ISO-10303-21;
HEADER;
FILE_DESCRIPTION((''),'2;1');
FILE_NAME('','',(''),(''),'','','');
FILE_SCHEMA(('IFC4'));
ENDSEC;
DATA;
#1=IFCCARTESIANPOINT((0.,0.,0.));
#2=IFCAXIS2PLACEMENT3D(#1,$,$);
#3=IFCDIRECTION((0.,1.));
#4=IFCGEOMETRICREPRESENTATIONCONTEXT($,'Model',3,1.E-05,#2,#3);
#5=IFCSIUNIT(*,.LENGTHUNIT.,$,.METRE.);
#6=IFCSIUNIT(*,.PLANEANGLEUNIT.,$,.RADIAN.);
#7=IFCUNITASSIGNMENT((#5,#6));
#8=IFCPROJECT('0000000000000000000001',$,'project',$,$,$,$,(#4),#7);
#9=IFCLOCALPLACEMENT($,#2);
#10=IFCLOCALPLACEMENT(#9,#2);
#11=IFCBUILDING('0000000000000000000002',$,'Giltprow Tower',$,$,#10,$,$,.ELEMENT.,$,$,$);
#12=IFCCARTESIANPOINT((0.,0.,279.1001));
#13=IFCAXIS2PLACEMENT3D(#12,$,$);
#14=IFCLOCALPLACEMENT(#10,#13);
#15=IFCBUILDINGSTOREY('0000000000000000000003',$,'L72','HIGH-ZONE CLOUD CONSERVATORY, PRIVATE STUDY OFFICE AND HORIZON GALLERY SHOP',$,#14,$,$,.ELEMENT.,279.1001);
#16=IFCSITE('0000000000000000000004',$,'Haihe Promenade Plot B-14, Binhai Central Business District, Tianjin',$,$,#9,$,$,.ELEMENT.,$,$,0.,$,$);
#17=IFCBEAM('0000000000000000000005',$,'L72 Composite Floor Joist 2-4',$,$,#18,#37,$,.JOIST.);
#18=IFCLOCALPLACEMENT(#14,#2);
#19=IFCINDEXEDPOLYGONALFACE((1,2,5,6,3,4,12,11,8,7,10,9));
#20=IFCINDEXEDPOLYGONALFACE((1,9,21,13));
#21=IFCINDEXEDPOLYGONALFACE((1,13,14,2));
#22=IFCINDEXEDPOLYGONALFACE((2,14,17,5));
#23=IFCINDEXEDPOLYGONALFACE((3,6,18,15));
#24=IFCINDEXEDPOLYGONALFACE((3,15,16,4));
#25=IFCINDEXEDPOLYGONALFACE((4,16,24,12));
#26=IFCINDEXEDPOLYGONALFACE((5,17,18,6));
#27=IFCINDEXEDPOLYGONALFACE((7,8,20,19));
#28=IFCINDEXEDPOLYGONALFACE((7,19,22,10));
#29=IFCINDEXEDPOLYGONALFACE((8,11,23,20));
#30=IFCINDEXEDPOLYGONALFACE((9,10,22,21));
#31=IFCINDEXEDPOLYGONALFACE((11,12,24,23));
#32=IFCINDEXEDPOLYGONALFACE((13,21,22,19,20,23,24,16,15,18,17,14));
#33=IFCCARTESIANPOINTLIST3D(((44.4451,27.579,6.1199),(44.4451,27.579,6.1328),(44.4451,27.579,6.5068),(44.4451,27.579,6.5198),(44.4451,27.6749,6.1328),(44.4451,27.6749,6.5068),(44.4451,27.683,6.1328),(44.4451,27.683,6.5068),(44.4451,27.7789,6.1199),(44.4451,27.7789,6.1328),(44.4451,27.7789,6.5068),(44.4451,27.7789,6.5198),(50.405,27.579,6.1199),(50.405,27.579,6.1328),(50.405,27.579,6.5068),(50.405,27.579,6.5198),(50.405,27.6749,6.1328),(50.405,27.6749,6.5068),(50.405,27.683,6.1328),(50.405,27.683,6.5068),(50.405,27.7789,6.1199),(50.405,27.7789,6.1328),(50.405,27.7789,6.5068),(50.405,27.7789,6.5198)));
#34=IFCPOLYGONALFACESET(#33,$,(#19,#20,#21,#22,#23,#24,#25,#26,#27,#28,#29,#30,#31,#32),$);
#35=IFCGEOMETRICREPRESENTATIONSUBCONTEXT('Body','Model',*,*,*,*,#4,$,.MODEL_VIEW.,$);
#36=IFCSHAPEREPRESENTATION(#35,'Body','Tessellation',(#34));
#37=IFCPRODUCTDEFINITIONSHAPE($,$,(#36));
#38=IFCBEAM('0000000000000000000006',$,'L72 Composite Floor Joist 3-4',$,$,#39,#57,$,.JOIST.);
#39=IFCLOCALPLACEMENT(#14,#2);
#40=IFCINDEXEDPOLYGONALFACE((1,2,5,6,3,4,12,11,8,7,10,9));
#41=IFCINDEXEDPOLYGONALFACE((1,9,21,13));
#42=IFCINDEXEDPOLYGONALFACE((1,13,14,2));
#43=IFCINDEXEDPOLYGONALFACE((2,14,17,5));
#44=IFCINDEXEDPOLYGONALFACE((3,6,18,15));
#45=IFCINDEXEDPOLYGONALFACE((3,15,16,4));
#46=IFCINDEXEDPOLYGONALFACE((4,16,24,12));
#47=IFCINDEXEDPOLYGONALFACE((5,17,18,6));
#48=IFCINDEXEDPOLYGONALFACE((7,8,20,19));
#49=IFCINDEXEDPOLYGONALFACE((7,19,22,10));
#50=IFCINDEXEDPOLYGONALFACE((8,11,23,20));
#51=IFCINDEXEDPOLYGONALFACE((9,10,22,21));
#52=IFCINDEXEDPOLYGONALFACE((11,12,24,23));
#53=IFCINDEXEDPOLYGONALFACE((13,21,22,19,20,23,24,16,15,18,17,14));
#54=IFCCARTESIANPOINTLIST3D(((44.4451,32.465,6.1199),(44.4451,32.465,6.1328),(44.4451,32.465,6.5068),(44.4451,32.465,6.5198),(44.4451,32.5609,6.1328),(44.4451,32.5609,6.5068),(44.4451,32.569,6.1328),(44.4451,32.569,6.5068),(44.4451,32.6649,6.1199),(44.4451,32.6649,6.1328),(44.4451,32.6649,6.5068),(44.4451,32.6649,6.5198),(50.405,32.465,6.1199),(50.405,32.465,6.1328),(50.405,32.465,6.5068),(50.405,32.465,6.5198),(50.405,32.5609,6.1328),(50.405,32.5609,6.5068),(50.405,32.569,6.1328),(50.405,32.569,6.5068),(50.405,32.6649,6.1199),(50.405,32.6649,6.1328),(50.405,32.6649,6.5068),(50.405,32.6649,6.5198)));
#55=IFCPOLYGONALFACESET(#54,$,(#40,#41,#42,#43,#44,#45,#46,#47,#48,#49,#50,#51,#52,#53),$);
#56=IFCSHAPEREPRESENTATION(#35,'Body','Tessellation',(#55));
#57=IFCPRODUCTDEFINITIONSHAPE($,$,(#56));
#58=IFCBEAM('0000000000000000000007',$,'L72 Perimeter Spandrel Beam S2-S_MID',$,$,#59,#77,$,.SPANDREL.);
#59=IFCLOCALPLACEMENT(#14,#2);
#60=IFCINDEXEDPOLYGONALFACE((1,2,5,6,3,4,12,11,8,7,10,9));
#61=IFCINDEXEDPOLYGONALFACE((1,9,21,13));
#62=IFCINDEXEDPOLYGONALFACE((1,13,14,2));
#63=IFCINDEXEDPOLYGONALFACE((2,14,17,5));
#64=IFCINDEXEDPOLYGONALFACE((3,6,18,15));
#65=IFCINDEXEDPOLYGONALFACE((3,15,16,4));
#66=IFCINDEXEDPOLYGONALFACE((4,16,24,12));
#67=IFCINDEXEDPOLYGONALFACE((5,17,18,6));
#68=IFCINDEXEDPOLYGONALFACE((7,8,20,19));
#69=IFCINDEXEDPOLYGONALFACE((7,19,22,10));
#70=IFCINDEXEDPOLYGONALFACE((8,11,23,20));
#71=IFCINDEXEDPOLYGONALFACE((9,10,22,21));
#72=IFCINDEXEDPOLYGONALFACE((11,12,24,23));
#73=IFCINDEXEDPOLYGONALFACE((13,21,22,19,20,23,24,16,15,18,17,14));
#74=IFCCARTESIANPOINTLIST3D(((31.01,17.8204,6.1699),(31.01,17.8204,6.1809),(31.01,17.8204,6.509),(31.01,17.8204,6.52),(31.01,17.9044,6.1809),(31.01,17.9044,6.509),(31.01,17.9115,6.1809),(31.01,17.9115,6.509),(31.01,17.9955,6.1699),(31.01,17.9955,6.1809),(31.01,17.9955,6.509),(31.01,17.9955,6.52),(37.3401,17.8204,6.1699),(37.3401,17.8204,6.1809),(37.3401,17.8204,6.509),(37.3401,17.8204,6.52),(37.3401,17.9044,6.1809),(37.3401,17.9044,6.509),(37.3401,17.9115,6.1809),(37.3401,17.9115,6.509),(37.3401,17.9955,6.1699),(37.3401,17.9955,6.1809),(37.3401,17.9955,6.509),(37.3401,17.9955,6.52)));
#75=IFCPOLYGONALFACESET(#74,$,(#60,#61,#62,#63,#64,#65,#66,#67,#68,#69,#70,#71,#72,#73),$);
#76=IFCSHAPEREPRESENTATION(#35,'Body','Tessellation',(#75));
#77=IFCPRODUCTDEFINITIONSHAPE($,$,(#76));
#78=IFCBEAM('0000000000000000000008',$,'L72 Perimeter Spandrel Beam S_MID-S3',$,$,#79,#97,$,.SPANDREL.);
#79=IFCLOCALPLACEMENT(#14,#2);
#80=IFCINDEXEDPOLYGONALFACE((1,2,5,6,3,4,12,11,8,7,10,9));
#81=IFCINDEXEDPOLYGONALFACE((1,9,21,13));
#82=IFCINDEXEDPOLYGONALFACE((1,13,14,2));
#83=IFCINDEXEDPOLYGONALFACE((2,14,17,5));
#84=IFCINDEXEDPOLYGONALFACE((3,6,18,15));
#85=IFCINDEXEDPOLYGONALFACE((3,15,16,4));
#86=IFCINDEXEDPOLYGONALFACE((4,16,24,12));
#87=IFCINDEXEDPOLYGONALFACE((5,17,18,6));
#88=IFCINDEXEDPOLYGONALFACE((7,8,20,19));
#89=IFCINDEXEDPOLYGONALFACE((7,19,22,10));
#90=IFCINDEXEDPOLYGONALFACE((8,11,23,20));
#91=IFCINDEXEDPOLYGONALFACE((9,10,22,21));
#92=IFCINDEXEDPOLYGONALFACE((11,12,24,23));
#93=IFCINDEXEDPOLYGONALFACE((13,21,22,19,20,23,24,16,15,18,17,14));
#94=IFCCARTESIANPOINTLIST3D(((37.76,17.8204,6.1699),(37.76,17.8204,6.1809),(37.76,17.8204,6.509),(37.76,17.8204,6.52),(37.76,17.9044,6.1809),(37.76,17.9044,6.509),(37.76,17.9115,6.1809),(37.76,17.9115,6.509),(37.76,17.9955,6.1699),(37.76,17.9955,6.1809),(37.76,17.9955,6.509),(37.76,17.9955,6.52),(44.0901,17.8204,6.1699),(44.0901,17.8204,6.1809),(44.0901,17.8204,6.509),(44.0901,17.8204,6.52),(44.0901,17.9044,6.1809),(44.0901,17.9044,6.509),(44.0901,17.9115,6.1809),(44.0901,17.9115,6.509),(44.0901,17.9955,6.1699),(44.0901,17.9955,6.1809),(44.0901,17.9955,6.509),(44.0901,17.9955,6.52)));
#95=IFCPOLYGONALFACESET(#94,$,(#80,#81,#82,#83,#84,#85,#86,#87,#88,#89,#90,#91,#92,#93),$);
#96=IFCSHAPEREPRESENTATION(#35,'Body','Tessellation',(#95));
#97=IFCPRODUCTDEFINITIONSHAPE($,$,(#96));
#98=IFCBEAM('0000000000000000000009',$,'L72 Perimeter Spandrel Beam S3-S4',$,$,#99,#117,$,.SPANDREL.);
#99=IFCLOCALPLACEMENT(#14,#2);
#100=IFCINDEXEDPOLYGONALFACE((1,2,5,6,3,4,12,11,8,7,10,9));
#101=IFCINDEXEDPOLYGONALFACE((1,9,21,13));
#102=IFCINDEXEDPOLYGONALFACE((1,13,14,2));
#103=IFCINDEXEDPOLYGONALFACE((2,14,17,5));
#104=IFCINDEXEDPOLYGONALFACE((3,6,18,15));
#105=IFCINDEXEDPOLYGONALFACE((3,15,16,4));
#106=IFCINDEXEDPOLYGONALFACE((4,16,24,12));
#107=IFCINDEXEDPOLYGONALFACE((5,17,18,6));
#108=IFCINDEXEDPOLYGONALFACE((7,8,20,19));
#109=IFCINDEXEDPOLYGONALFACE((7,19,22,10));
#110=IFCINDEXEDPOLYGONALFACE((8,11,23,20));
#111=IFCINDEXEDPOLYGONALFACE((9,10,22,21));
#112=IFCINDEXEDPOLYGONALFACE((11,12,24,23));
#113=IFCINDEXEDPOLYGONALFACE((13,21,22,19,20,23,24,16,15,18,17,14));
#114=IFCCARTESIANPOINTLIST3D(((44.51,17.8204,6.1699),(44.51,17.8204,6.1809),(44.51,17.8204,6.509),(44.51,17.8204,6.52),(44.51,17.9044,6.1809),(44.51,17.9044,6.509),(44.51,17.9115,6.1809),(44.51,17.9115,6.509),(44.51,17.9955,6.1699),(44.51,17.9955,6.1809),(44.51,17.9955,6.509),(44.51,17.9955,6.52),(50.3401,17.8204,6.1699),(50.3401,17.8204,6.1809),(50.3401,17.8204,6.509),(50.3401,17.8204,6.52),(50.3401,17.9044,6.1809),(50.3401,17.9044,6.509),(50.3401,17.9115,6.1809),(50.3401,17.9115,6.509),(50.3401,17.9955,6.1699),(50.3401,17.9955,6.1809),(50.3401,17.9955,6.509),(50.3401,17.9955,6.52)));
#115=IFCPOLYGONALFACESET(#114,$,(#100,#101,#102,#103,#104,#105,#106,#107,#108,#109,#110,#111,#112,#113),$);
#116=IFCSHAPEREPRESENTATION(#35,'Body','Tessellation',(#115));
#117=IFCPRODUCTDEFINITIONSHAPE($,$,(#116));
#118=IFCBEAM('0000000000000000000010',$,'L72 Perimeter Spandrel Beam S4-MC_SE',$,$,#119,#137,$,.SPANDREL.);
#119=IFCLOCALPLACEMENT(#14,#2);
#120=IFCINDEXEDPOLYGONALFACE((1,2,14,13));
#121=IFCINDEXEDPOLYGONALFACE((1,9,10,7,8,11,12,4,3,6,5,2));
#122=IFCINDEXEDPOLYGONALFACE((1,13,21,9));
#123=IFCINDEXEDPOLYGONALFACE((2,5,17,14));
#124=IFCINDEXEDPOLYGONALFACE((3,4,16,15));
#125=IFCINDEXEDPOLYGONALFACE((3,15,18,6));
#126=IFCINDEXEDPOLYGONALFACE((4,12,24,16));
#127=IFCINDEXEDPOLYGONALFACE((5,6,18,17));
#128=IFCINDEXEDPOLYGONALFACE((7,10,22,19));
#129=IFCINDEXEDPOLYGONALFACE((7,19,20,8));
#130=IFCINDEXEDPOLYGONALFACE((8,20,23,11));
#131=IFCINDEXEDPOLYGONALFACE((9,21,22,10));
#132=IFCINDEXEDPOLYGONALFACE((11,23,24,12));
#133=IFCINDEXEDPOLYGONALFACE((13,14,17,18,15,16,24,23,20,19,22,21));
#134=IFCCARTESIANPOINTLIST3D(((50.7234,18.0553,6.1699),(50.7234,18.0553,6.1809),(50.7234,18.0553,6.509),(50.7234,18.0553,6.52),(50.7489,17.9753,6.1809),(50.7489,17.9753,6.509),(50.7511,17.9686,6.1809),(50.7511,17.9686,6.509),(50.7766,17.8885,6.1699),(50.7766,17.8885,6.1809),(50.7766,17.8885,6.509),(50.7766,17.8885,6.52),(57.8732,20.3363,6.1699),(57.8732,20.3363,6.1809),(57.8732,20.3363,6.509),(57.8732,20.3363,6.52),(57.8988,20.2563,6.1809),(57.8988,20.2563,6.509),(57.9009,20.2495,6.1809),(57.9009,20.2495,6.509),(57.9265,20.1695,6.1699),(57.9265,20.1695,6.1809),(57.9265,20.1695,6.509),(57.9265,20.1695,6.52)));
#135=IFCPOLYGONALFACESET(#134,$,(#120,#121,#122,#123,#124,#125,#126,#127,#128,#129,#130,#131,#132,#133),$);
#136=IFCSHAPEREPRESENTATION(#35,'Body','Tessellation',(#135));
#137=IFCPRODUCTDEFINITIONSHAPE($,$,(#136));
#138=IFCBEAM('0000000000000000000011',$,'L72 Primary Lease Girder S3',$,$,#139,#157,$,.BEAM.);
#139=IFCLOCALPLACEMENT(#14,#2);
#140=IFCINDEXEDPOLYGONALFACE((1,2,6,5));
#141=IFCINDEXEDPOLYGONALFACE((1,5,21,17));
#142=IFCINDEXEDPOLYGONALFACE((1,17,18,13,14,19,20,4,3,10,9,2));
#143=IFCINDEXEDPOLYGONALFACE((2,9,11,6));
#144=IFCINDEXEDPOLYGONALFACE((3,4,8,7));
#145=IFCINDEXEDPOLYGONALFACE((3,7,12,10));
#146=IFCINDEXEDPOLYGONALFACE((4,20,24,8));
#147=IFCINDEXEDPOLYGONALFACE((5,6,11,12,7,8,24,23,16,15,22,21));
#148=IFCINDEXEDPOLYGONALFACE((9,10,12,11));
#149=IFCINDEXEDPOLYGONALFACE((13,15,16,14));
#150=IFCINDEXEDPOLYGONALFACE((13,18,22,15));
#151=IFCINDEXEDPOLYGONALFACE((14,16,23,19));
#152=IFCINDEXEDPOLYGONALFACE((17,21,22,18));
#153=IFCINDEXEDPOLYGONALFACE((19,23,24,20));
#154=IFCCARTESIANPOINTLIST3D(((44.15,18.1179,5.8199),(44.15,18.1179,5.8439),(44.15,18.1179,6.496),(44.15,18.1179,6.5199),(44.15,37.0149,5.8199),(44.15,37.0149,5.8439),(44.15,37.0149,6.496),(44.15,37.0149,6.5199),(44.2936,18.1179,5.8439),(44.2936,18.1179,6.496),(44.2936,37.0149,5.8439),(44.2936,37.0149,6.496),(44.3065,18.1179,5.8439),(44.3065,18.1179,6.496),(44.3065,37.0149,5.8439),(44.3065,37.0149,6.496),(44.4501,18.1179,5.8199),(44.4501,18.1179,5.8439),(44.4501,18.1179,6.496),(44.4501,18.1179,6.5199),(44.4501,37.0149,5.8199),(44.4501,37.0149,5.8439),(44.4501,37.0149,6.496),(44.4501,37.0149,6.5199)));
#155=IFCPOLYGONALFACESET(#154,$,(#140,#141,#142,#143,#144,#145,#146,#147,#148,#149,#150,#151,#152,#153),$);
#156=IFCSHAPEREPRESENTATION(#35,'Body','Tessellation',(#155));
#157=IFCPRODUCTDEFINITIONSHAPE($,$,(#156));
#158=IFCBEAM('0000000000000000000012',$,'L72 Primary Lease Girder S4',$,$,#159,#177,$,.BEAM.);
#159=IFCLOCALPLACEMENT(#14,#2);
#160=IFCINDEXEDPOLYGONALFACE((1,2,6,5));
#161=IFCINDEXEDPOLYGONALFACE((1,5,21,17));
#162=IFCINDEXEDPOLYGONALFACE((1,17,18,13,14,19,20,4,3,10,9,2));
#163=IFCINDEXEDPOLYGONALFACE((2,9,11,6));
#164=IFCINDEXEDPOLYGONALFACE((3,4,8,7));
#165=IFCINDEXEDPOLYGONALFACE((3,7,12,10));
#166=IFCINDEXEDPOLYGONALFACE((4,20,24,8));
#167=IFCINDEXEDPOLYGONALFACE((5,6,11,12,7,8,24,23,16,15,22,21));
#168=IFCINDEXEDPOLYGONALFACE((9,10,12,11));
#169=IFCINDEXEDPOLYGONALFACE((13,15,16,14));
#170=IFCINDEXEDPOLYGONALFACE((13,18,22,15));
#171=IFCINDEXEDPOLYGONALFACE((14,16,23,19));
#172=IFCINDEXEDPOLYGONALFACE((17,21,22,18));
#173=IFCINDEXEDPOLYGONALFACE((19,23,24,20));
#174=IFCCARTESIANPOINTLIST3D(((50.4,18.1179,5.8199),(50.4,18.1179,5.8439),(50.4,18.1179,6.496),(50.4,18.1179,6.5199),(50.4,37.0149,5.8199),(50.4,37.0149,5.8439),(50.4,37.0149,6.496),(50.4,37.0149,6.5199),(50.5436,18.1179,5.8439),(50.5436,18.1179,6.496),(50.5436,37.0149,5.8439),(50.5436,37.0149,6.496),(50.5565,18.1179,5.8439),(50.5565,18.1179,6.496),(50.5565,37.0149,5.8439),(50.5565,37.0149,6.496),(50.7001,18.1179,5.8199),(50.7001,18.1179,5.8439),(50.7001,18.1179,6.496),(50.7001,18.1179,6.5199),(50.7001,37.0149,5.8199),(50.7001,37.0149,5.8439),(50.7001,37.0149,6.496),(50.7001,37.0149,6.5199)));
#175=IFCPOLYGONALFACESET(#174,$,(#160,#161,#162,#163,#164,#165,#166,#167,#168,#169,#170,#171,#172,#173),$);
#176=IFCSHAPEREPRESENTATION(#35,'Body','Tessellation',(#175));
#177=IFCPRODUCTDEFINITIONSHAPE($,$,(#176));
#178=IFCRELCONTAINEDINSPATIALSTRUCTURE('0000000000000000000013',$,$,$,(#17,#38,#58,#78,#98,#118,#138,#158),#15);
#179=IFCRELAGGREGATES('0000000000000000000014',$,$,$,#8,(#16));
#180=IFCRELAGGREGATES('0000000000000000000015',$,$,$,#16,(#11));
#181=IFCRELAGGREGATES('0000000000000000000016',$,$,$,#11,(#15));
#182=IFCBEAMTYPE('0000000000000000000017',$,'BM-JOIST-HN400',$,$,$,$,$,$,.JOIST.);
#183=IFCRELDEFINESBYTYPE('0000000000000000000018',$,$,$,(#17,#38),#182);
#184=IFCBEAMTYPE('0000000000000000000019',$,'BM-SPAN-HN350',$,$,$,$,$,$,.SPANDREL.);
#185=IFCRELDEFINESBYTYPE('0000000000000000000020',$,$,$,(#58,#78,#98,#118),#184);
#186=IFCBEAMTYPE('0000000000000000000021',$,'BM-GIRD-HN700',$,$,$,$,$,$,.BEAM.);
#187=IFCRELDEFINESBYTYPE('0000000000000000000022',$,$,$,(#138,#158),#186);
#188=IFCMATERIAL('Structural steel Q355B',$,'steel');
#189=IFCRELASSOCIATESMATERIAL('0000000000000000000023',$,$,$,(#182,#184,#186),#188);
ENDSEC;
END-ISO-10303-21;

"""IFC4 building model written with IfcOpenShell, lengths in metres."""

from ifc_helpers import new_model, si_unit, direction, frame, origin, origin_2d, place, context, subcontext, project, spatial, i_section, extrude, source, transform, mapped, material, material_profile, profile_set, type_object, element, save


model = new_model("IFC4")

# Units and contexts
model_context = context("Model", 3, precision=1e-05, world=origin(), true_north=direction((0.0, 1.0)))
body_context = subcontext(model_context, "Body", "Model", "MODEL_VIEW")
ifc_project = project(units=[si_unit("LENGTHUNIT", "METRE"), si_unit("PLANEANGLEUNIT", "RADIAN")], contexts=[model_context])

# Site, building, storey
site_placement = place(None, origin())
site = spatial("IfcSite", under=ifc_project, at=site_placement, Name="Haihe Promenade Plot B-14, Binhai Central Business District, Tianjin", CompositionType="ELEMENT", RefElevation=0.0)
building_placement = place(site_placement, origin())
building = spatial("IfcBuilding", under=site, at=building_placement, Name="Giltprow Tower", CompositionType="ELEMENT")
storey_placement = place(building_placement, frame((0.0, 0.0, 279.1001)))
storey = spatial("IfcBuildingStorey", under=building, at=storey_placement, Name="L72", Description="HIGH-ZONE CLOUD CONSERVATORY, PRIVATE STUDY OFFICE AND HORIZON GALLERY SHOP", CompositionType="ELEMENT", Elevation=279.1001)

# Shared definitions
ifc_material_1 = material(Name="Structural steel Q355B", Category="steel")

# Beams
ifc_material_profile_1 = material_profile(ifc_material_1, i_section(OverallWidth=0.2, OverallDepth=0.3999, WebThickness=0.0081, FlangeThickness=0.0129, at=origin_2d()), Name="HN 400x200x8x13")
ifc_profile_set_1 = profile_set([ifc_material_profile_1], Name="Structural steel Q355B")
beam_type_1 = type_object("IfcBeamType", Name="BM-JOIST-HN400", PredefinedType="JOIST", material=ifc_profile_set_1)
shared_shape_1 = source(origin(), body_context, "Body", "SweptSolid", [
    extrude(i_section(OverallWidth=0.2, OverallDepth=0.3999, WebThickness=0.0081, FlangeThickness=0.0129, at=origin_2d()), origin(), (0.0, 0.0, 1.0), 5.96),
])
for number, where, z_axis, x_axis, name in (
    (1, (44.4451, 27.679, 6.3198), (1.0, 0.0, 0.0), (0.0, 1.0, 0.0), "L72 Composite Floor Joist 2-4"),
    (2, (44.4451, 32.5649, 6.3198), (1.0, 0.0, 0.0), (0.0, 1.0, 0.0), "L72 Composite Floor Joist 3-4"),
):
    element("IfcBeam", number, at=place(storey_placement, frame(where, z_axis=z_axis, x_axis=x_axis)), inside=storey, type_object=beam_type_1, Name=name, PredefinedType="JOIST", context=body_context, shape_type="MappedRepresentation", body=[
        mapped(shared_shape_1, transform((0.0, 0.0, 0.0), x_axis=(1.0, 0.0, 0.0), y_axis=(0.0, 1.0, 0.0), z_axis=(0.0, 0.0, 1.0), scale=1.0)),
    ])
ifc_material_profile_2 = material_profile(ifc_material_1, i_section(OverallWidth=0.175, OverallDepth=0.3501, WebThickness=0.0071, FlangeThickness=0.011, at=origin_2d()), Name="HN 350x175x7x11")
ifc_profile_set_2 = profile_set([ifc_material_profile_2], Name="Structural steel Q355B")
beam_type_2 = type_object("IfcBeamType", Name="BM-SPAN-HN350", PredefinedType="SPANDREL", material=ifc_profile_set_2)
shared_shape_2 = source(origin(), body_context, "Body", "SweptSolid", [
    extrude(i_section(OverallWidth=0.175, OverallDepth=0.3501, WebThickness=0.0071, FlangeThickness=0.011, at=origin_2d()), origin(), (0.0, 0.0, 1.0), 6.3301),
])
for number, where, z_axis, x_axis, name in (
    (3, (31.01, 17.908, 6.345), (1.0, 0.0, 0.0), (0.0, 1.0, 0.0), "L72 Perimeter Spandrel Beam S2-S_MID"),
    (4, (37.76, 17.908, 6.345), (1.0, 0.0, 0.0), (0.0, 1.0, 0.0), "L72 Perimeter Spandrel Beam S_MID-S3"),
):
    element("IfcBeam", number, at=place(storey_placement, frame(where, z_axis=z_axis, x_axis=x_axis)), inside=storey, type_object=beam_type_2, Name=name, PredefinedType="SPANDREL", context=body_context, shape_type="MappedRepresentation", body=[
        mapped(shared_shape_2, transform((0.0, 0.0, 0.0), x_axis=(1.0, 0.0, 0.0), y_axis=(0.0, 1.0, 0.0), z_axis=(0.0, 0.0, 1.0), scale=1.0)),
    ])
shared_shape_3 = source(origin(), body_context, "Body", "SweptSolid", [
    extrude(i_section(OverallWidth=0.175, OverallDepth=0.3501, WebThickness=0.0071, FlangeThickness=0.011, at=origin_2d()), origin(), (0.0, 0.0, 1.0), 5.8301),
])
beam_1_placement = place(storey_placement, frame((44.51, 17.908, 6.345), z_axis=(1.0, 0.0, 0.0), x_axis=(0.0, 1.0, 0.0)))
element("IfcBeam", 5, at=beam_1_placement, inside=storey, type_object=beam_type_2, Name="L72 Perimeter Spandrel Beam S3-S4", PredefinedType="SPANDREL", context=body_context, shape_type="MappedRepresentation", body=[
    mapped(shared_shape_3, transform((0.0, 0.0, 0.0), x_axis=(1.0, 0.0, 0.0), y_axis=(0.0, 1.0, 0.0), z_axis=(0.0, 0.0, 1.0), scale=1.0)),
])
shared_shape_4 = source(origin(), body_context, "Body", "SweptSolid", [
    extrude(i_section(OverallWidth=0.175, OverallDepth=0.3501, WebThickness=0.0071, FlangeThickness=0.011, at=origin_2d()), origin(), (0.0, 0.0, 1.0), 7.5049),
])
beam_2_placement = place(storey_placement, frame((50.75, 17.9719, 6.345), z_axis=(0.952693, 0.303934, 0.0), x_axis=(-0.303934, 0.952693, 0.0)))
element("IfcBeam", 6, at=beam_2_placement, inside=storey, type_object=beam_type_2, Name="L72 Perimeter Spandrel Beam S4-MC_SE", PredefinedType="SPANDREL", context=body_context, shape_type="MappedRepresentation", body=[
    mapped(shared_shape_4, transform((0.0, 0.0, 0.0), x_axis=(1.0, 0.0, 0.0), y_axis=(0.0, 1.0, 0.0), z_axis=(0.0, 0.0, 1.0), scale=1.0)),
])
ifc_material_profile_3 = material_profile(ifc_material_1, i_section(OverallWidth=0.3, OverallDepth=0.7, WebThickness=0.0129, FlangeThickness=0.0239, at=origin_2d()), Name="HN 700x300x13x24")
ifc_profile_set_3 = profile_set([ifc_material_profile_3], Name="Structural steel Q355B")
beam_type_3 = type_object("IfcBeamType", Name="BM-GIRD-HN700", PredefinedType="BEAM", material=ifc_profile_set_3)
shared_shape_5 = source(origin(), body_context, "Body", "SweptSolid", [
    extrude(i_section(OverallWidth=0.3, OverallDepth=0.7, WebThickness=0.0129, FlangeThickness=0.0239, at=origin_2d()), origin(), (0.0, 0.0, 1.0), 18.897),
])
for number, where, z_axis, x_axis, name in (
    (7, (44.3, 18.1179, 6.1699), (0.0, 1.0, 0.0), (-1.0, 0.0, 0.0), "L72 Primary Lease Girder S3"),
    (8, (50.55, 18.1179, 6.1699), (0.0, 1.0, 0.0), (-1.0, 0.0, 0.0), "L72 Primary Lease Girder S4"),
):
    element("IfcBeam", number, at=place(storey_placement, frame(where, z_axis=z_axis, x_axis=x_axis)), inside=storey, type_object=beam_type_3, Name=name, PredefinedType="BEAM", context=body_context, shape_type="MappedRepresentation", body=[
        mapped(shared_shape_5, transform((0.0, 0.0, 0.0), x_axis=(1.0, 0.0, 0.0), y_axis=(0.0, 1.0, 0.0), z_axis=(0.0, 0.0, 1.0), scale=1.0)),
    ])

save(model, "model.ifc")
